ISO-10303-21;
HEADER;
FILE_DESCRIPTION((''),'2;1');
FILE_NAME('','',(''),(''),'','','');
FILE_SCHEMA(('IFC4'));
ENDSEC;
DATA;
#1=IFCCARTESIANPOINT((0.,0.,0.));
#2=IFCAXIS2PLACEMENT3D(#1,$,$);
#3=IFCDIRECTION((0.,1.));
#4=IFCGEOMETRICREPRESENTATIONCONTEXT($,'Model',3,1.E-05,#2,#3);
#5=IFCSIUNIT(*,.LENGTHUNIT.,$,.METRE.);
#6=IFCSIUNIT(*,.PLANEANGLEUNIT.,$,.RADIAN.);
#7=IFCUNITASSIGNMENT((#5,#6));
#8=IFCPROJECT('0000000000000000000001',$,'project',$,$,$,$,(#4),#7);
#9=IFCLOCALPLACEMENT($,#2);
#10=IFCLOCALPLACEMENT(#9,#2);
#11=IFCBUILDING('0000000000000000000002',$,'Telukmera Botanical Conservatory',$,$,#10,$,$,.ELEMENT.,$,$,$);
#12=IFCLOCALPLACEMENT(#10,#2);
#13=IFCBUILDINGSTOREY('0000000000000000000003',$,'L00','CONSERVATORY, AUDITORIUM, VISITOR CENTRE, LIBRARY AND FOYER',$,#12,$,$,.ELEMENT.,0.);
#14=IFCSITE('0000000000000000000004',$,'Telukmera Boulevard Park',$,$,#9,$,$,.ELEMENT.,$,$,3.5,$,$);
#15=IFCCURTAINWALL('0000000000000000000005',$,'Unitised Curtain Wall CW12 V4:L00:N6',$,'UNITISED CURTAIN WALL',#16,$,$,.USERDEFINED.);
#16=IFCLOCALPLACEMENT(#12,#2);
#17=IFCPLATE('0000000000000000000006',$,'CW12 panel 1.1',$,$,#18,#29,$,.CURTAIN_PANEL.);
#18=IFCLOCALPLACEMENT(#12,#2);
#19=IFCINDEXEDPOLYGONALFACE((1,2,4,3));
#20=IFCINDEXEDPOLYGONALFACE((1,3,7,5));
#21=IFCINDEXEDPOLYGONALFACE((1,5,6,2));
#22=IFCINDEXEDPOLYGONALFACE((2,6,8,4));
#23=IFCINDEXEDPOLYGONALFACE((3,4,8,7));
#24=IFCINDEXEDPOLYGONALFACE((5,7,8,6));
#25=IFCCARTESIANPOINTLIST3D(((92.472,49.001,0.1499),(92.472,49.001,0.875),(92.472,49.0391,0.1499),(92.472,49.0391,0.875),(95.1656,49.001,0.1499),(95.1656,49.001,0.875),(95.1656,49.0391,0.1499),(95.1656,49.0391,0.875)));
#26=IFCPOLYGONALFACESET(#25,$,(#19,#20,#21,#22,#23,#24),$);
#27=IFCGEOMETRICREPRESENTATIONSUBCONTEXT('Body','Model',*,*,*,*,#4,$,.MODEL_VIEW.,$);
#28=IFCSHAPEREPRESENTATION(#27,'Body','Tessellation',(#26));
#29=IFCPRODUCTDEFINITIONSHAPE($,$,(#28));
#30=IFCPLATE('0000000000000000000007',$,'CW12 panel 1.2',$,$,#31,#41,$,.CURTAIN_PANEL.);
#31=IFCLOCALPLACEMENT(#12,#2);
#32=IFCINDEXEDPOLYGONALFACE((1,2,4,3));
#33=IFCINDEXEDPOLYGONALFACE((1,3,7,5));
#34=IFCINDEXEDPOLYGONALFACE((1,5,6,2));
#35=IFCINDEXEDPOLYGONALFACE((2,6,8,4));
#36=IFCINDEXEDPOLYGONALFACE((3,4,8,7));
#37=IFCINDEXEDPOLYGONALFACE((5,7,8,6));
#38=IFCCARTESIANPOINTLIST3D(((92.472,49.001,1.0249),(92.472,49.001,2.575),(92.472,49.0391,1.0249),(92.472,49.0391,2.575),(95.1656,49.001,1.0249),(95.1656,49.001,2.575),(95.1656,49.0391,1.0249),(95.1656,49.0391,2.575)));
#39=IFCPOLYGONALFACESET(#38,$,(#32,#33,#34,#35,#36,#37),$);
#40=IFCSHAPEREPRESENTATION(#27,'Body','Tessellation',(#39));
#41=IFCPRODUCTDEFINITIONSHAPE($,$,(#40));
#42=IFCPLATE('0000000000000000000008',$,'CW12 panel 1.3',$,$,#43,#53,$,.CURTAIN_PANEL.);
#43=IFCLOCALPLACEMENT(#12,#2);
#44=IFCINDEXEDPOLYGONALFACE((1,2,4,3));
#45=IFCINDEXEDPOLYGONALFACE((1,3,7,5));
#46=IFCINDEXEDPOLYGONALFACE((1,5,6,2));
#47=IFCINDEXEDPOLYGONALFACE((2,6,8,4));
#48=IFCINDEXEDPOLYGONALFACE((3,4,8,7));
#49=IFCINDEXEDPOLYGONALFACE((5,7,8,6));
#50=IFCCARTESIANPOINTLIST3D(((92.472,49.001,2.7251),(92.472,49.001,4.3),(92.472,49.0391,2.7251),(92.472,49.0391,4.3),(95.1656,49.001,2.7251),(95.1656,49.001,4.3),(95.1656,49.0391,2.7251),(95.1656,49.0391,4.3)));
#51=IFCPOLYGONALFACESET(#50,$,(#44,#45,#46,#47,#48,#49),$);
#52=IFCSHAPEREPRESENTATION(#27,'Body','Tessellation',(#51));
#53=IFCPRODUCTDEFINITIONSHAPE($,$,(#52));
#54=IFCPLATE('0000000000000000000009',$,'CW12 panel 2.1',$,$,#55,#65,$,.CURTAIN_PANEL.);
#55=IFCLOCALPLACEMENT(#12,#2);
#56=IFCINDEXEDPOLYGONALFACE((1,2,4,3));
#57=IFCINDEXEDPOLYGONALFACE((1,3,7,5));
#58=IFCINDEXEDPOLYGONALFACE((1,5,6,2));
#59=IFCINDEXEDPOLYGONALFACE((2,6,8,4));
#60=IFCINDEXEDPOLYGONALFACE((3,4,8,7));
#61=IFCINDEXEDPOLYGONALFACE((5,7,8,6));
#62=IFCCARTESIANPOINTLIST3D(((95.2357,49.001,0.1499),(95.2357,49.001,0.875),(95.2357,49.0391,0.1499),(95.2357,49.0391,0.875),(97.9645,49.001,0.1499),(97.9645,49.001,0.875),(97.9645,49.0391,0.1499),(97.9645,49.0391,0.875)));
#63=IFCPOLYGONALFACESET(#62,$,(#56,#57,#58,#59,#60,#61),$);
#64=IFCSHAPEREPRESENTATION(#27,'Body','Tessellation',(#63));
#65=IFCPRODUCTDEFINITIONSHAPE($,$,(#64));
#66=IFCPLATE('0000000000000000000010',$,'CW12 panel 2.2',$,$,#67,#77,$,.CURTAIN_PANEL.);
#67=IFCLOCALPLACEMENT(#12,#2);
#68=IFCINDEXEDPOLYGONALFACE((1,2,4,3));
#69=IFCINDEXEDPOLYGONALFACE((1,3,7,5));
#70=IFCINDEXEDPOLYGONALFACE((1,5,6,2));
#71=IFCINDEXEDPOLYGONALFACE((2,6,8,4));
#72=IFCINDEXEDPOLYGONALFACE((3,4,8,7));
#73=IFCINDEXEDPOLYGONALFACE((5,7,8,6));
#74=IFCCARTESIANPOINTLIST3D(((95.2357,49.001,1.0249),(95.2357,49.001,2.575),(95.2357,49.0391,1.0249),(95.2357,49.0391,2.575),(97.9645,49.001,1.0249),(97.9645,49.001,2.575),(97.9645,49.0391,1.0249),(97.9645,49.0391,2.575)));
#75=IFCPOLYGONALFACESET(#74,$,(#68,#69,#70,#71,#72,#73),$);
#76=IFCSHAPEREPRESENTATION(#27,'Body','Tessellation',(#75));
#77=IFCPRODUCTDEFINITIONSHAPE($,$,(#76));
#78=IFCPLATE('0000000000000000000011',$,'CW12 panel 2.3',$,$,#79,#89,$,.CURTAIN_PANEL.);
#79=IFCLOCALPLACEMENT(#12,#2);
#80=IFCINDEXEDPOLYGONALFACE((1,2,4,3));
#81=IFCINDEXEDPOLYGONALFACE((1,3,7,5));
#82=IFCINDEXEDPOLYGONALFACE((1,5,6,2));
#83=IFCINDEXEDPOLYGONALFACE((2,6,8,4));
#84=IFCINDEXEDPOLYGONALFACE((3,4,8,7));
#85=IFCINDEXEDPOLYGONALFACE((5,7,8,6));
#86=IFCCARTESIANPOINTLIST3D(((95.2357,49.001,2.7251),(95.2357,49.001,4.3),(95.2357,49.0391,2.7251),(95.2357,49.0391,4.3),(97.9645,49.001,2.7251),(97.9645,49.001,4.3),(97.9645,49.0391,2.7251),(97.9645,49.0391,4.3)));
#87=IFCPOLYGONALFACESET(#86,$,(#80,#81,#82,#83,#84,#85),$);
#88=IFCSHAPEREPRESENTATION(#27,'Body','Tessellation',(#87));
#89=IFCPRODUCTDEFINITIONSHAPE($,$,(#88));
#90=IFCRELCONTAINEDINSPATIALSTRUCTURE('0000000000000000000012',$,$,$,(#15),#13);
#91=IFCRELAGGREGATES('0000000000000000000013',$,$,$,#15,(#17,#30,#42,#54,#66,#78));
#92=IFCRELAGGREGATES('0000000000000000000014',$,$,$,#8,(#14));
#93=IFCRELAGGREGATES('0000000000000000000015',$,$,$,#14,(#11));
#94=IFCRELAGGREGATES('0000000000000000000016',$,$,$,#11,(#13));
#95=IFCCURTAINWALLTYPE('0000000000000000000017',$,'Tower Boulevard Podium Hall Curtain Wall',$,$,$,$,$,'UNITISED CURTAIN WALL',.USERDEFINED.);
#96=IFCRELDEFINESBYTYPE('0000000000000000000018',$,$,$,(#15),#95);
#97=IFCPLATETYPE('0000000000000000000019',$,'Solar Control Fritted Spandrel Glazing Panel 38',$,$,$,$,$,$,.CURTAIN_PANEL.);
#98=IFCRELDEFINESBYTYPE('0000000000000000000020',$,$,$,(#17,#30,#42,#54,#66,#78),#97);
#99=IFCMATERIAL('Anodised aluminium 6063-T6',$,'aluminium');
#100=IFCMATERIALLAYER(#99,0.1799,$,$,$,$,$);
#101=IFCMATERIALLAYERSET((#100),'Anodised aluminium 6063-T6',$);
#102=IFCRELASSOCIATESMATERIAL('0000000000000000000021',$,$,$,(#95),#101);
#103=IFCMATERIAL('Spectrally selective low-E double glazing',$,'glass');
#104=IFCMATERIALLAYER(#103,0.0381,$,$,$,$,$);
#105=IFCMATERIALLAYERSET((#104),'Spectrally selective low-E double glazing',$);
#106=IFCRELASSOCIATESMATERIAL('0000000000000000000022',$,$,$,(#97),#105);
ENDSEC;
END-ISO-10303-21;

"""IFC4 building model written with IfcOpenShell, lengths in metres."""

from ifc_helpers import new_model, si_unit, direction, frame, origin, origin_2d, place, context, subcontext, project, spatial, rectangle, extrude, material, layer, layer_set, type_object, element, aggregate, save


model = new_model("IFC4")

# Units and contexts
model_context = context("Model", 3, precision=1e-05, world=origin(), true_north=direction((0.0, 1.0)))
body_context = subcontext(model_context, "Body", "Model", "MODEL_VIEW")
ifc_project = project(units=[si_unit("LENGTHUNIT", "METRE"), si_unit("PLANEANGLEUNIT", "RADIAN")], contexts=[model_context])

# Site, building, storey
site_placement = place(None, origin())
site = spatial("IfcSite", under=ifc_project, at=site_placement, Name="Telukmera Boulevard Park", CompositionType="ELEMENT", RefElevation=3.5)
building_placement = place(site_placement, origin())
building = spatial("IfcBuilding", under=site, at=building_placement, Name="Telukmera Botanical Conservatory", CompositionType="ELEMENT")
storey_placement = place(building_placement, origin())
storey = spatial("IfcBuildingStorey", under=building, at=storey_placement, Name="L00", Description="CONSERVATORY, AUDITORIUM, VISITOR CENTRE, LIBRARY AND FOYER", CompositionType="ELEMENT", Elevation=0.0)

# Curtain wall, plates
ifc_material_1 = material(Name="Anodised aluminium 6063-T6", Category="aluminium")
ifc_layer_1 = layer(ifc_material_1, 0.1799)
ifc_layer_set_1 = layer_set([ifc_layer_1], Name="Anodised aluminium 6063-T6")
curtain_wall_type = type_object("IfcCurtainWallType", Name="Tower Boulevard Podium Hall Curtain Wall", ElementType="UNITISED CURTAIN WALL", PredefinedType="USERDEFINED", material=ifc_layer_set_1)
curtain_wall_placement = place(storey_placement, origin())
curtain_wall = element("IfcCurtainWall", 1, at=curtain_wall_placement, inside=storey, type_object=curtain_wall_type, Name="Unitised Curtain Wall CW12 V4:L00:N6", ObjectType="UNITISED CURTAIN WALL", PredefinedType="USERDEFINED")
ifc_material_2 = material(Name="Spectrally selective low-E double glazing", Category="glass")
ifc_layer_2 = layer(ifc_material_2, 0.0381)
ifc_layer_set_2 = layer_set([ifc_layer_2], Name="Spectrally selective low-E double glazing")
plate_type = type_object("IfcPlateType", Name="Solar Control Fritted Spandrel Glazing Panel 38", PredefinedType="CURTAIN_PANEL", material=ifc_layer_set_2)
plate_1_placement = place(storey_placement, frame((93.8188, 49.02, 0.1499), z_axis=(0.0, 0.0, 1.0), x_axis=(1.0, 0.0, 0.0)))
plate_1 = element("IfcPlate", 2, at=plate_1_placement, type_object=plate_type, Name="CW12 panel 1.1", PredefinedType="CURTAIN_PANEL", context=body_context, shape_type="SweptSolid", body=[
    extrude(rectangle(XDim=2.6936, YDim=0.0381, at=origin_2d()), origin(), (0.0, 0.0, 1.0), 0.7251),
])
plate_2_placement = place(storey_placement, frame((93.8188, 49.02, 1.0249), z_axis=(0.0, 0.0, 1.0), x_axis=(1.0, 0.0, 0.0)))
plate_2 = element("IfcPlate", 3, at=plate_2_placement, type_object=plate_type, Name="CW12 panel 1.2", PredefinedType="CURTAIN_PANEL", context=body_context, shape_type="SweptSolid", body=[
    extrude(rectangle(XDim=2.6936, YDim=0.0381, at=origin_2d()), origin(), (0.0, 0.0, 1.0), 1.55),
])
plate_3_placement = place(storey_placement, frame((93.8188, 49.02, 2.7251), z_axis=(0.0, 0.0, 1.0), x_axis=(1.0, 0.0, 0.0)))
plate_3 = element("IfcPlate", 4, at=plate_3_placement, type_object=plate_type, Name="CW12 panel 1.3", PredefinedType="CURTAIN_PANEL", context=body_context, shape_type="SweptSolid", body=[
    extrude(rectangle(XDim=2.6936, YDim=0.0381, at=origin_2d()), origin(), (0.0, 0.0, 1.0), 1.575),
])
plate_4_placement = place(storey_placement, frame((96.6001, 49.02, 0.1499), z_axis=(0.0, 0.0, 1.0), x_axis=(1.0, 0.0, 0.0)))
plate_4 = element("IfcPlate", 5, at=plate_4_placement, type_object=plate_type, Name="CW12 panel 2.1", PredefinedType="CURTAIN_PANEL", context=body_context, shape_type="SweptSolid", body=[
    extrude(rectangle(XDim=2.7288, YDim=0.0381, at=origin_2d()), origin(), (0.0, 0.0, 1.0), 0.7251),
])
plate_5_placement = place(storey_placement, frame((96.6001, 49.02, 1.0249), z_axis=(0.0, 0.0, 1.0), x_axis=(1.0, 0.0, 0.0)))
plate_5 = element("IfcPlate", 6, at=plate_5_placement, type_object=plate_type, Name="CW12 panel 2.2", PredefinedType="CURTAIN_PANEL", context=body_context, shape_type="SweptSolid", body=[
    extrude(rectangle(XDim=2.7288, YDim=0.0381, at=origin_2d()), origin(), (0.0, 0.0, 1.0), 1.55),
])
plate_6_placement = place(storey_placement, frame((96.6001, 49.02, 2.7251), z_axis=(0.0, 0.0, 1.0), x_axis=(1.0, 0.0, 0.0)))
plate_6 = element("IfcPlate", 7, at=plate_6_placement, type_object=plate_type, Name="CW12 panel 2.3", PredefinedType="CURTAIN_PANEL", context=body_context, shape_type="SweptSolid", body=[
    extrude(rectangle(XDim=2.7288, YDim=0.0381, at=origin_2d()), origin(), (0.0, 0.0, 1.0), 1.575),
])
aggregate(curtain_wall, [plate_1, plate_2, plate_3, plate_4, plate_5, plate_6])

save(model, "model.ifc")
